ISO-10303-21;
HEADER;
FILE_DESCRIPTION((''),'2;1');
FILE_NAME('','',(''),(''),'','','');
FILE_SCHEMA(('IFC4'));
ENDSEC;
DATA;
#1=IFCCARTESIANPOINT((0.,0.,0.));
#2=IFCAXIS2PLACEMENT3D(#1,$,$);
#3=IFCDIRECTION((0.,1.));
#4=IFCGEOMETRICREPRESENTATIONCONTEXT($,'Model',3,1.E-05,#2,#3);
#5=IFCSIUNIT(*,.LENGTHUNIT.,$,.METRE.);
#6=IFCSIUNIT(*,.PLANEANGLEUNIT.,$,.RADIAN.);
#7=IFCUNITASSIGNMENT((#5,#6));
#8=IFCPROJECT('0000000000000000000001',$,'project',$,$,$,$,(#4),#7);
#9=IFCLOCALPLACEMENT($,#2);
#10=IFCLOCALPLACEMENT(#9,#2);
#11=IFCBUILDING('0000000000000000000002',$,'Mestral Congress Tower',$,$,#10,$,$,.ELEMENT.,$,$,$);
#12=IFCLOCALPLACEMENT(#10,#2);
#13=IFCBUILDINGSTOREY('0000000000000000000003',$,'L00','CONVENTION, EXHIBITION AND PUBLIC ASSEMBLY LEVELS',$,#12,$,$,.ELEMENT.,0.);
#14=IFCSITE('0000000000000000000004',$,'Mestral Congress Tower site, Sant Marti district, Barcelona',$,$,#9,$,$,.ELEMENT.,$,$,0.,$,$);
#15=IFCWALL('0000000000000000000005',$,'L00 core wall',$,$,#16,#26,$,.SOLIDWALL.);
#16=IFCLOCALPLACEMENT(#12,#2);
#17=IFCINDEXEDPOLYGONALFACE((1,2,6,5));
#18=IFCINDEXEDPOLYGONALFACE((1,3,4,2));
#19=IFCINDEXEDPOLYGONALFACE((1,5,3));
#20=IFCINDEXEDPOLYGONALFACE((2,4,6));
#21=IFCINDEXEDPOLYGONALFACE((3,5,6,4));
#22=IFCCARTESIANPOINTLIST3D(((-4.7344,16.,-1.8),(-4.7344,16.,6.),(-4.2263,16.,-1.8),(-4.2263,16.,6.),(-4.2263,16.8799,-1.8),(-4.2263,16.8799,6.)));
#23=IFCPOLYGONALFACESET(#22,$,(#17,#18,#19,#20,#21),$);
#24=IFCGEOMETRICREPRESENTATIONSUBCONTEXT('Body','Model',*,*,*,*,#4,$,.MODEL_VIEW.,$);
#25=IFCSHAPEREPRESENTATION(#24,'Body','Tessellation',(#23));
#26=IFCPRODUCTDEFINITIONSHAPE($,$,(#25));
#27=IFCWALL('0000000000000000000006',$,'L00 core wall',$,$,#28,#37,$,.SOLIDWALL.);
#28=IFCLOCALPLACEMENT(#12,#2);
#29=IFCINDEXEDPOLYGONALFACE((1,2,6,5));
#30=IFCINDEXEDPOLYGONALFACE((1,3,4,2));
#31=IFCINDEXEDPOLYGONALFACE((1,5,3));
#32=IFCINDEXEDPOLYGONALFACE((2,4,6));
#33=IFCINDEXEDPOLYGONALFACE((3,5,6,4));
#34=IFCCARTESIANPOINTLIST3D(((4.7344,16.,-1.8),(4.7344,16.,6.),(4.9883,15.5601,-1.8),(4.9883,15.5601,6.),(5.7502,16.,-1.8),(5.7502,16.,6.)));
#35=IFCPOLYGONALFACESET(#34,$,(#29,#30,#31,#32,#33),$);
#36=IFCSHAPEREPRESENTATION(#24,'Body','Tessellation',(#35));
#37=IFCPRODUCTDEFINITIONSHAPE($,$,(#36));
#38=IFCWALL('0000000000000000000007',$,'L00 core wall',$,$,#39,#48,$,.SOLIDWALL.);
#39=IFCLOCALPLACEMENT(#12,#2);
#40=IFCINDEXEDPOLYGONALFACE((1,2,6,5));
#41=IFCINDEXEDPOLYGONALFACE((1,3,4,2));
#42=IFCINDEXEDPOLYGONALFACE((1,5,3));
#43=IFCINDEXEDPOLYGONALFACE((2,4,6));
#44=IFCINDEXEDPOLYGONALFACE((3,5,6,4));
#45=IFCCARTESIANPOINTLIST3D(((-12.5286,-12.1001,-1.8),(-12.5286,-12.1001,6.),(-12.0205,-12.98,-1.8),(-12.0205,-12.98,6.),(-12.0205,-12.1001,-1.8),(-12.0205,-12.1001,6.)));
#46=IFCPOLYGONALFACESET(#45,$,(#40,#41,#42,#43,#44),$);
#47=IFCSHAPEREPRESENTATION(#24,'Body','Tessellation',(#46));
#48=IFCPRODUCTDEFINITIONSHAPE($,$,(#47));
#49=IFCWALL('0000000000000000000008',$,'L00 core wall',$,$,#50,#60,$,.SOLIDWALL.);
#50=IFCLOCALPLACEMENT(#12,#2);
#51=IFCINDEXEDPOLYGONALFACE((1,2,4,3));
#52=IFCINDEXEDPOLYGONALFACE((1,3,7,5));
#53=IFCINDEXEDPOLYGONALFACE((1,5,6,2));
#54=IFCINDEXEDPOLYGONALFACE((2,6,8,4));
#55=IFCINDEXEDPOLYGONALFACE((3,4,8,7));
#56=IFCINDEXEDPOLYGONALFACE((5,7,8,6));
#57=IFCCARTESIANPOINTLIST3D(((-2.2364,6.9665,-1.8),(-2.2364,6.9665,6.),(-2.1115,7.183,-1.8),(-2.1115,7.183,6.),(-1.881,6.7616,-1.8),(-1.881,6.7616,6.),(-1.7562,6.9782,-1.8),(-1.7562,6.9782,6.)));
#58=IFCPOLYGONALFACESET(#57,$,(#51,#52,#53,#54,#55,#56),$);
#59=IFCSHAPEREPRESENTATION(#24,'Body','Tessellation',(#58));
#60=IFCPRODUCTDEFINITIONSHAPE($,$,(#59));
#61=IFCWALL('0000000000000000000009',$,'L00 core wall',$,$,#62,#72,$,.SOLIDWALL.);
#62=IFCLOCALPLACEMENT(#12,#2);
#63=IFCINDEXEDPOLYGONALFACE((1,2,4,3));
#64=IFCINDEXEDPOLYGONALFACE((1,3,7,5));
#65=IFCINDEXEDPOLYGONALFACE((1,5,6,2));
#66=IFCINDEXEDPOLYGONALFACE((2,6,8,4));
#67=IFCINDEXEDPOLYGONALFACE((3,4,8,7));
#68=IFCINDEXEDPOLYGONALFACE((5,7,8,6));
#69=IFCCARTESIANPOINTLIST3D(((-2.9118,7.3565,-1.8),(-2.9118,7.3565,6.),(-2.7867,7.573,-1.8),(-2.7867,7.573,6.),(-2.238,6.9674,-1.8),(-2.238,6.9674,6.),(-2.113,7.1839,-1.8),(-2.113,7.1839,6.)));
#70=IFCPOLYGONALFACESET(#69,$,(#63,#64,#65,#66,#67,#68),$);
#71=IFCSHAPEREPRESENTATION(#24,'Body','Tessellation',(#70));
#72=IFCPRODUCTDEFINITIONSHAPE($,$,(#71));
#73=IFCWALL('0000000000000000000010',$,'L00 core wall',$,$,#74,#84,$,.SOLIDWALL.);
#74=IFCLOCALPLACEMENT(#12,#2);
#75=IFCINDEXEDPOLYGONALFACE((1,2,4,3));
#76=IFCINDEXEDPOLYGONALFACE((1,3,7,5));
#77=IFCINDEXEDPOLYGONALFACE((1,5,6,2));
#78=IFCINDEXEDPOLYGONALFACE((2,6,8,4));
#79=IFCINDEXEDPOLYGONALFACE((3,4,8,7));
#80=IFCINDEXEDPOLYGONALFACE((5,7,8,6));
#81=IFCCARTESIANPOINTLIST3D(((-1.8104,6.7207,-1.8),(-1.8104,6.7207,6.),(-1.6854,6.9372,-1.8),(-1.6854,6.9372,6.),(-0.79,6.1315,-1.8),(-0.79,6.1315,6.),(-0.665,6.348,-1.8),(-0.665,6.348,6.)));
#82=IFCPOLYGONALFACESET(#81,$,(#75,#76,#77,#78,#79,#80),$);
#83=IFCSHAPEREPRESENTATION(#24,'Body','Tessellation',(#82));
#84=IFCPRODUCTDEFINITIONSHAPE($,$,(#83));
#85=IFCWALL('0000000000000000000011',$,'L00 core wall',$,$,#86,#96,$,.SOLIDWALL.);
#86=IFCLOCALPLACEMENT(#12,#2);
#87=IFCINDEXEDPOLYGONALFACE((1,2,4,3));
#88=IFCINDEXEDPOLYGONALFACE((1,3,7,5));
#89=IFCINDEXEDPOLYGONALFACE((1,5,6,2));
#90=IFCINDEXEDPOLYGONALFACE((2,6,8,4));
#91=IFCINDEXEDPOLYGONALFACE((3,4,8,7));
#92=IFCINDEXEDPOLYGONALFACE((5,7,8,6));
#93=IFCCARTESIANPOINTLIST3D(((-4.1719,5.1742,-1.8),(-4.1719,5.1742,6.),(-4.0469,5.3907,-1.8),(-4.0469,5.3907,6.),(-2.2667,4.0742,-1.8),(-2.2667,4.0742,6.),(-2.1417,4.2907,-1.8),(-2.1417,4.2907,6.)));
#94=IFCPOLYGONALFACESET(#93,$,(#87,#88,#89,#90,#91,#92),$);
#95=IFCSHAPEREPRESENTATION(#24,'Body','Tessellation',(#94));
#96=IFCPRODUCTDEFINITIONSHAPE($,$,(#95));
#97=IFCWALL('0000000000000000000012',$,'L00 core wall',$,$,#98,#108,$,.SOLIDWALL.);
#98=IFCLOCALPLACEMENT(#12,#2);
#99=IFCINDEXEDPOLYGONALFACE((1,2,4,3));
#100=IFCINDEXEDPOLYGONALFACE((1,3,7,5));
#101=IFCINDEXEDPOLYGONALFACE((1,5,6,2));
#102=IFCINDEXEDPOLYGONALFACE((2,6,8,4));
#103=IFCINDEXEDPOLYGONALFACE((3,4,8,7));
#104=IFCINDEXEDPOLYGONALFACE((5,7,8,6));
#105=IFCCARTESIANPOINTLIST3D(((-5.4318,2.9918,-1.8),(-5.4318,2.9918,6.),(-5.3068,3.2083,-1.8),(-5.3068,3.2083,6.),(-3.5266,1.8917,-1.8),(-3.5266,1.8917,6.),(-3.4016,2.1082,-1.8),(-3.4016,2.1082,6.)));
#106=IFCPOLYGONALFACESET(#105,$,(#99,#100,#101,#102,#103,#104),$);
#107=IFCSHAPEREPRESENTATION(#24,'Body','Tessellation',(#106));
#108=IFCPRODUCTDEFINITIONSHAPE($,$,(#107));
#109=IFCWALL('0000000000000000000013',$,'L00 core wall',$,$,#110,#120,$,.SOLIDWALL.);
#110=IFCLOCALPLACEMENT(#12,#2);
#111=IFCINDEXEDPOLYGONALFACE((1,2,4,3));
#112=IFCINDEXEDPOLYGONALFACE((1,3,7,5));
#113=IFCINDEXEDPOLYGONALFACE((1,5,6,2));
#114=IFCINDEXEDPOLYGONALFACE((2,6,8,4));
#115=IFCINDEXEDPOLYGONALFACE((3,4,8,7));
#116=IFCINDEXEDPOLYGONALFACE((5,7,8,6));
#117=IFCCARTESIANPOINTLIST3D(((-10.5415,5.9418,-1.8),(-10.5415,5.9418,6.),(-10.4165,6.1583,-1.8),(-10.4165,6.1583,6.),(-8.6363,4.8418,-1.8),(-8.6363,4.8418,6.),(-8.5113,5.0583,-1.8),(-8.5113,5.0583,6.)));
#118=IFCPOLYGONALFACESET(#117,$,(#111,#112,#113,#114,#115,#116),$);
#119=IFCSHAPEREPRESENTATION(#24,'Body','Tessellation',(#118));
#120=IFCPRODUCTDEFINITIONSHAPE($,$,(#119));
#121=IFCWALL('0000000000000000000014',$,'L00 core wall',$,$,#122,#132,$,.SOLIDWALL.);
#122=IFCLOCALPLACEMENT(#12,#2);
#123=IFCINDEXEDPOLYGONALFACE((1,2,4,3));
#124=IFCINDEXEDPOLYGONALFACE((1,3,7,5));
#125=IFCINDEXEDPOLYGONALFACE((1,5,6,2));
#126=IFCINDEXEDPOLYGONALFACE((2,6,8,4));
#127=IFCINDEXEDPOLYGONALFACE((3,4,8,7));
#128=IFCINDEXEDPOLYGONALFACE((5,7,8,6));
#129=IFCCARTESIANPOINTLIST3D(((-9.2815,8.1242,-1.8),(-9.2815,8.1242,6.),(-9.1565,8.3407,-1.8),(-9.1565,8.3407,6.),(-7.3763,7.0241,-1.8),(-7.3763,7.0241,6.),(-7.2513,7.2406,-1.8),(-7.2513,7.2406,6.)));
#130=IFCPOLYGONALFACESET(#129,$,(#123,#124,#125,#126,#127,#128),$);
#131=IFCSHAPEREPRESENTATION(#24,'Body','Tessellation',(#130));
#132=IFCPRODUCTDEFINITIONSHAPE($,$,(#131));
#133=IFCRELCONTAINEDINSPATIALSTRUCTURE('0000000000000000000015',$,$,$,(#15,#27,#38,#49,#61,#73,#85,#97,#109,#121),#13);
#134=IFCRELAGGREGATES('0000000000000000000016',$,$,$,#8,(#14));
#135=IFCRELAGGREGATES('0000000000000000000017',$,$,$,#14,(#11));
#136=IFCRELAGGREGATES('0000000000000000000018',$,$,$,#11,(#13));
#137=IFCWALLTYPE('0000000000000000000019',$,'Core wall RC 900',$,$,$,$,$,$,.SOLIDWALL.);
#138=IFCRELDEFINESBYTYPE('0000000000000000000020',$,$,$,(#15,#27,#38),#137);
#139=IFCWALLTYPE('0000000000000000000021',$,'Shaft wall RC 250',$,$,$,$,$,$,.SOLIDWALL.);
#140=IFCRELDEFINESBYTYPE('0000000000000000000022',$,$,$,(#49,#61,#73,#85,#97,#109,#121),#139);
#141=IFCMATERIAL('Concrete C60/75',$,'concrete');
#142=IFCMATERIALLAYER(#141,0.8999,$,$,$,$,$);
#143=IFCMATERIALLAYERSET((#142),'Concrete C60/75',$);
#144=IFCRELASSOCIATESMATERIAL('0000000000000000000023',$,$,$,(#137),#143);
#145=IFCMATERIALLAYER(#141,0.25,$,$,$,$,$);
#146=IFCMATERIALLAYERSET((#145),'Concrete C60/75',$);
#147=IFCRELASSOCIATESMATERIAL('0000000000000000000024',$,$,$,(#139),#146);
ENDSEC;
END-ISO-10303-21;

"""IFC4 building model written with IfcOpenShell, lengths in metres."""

from ifc_helpers import new_model, si_unit, direction, frame, frame_2d, origin, place, context, subcontext, project, spatial, polyline, rectangle, outline, extrude, material, layer, layer_set, type_object, element, save


model = new_model("IFC4")

# Units and contexts
model_context = context("Model", 3, precision=1e-05, world=origin(), true_north=direction((0.0, 1.0)))
body_context = subcontext(model_context, "Body", "Model", "MODEL_VIEW")
ifc_project = project(units=[si_unit("LENGTHUNIT", "METRE"), si_unit("PLANEANGLEUNIT", "RADIAN")], contexts=[model_context])

# Site, building, storey
site_placement = place(None, origin())
site = spatial("IfcSite", under=ifc_project, at=site_placement, Name="Mestral Congress Tower site, Sant Marti district, Barcelona", CompositionType="ELEMENT", RefElevation=0.0)
building_placement = place(site_placement, origin())
building = spatial("IfcBuilding", under=site, at=building_placement, Name="Mestral Congress Tower", CompositionType="ELEMENT")
storey_placement = place(building_placement, origin())
storey = spatial("IfcBuildingStorey", under=building, at=storey_placement, Name="L00", Description="CONVENTION, EXHIBITION AND PUBLIC ASSEMBLY LEVELS", CompositionType="ELEMENT", Elevation=0.0)

# Walls
ifc_material_1 = material(Name="Concrete C60/75", Category="concrete")
ifc_layer_1 = layer(ifc_material_1, 0.8999)
ifc_layer_set_1 = layer_set([ifc_layer_1], Name="Concrete C60/75")
wall_type_1 = type_object("IfcWallType", Name="Core wall RC 900", PredefinedType="SOLIDWALL", material=ifc_layer_set_1)
placement = place(storey_placement, frame((0.0, 0.0, -1.8)))
element("IfcWall", 1, at=placement, inside=storey, type_object=wall_type_1, Name="L00 core wall", PredefinedType="SOLIDWALL", context=body_context, shape_type="SweptSolid", body=[
    extrude(outline(polyline([(-4.7344, 16.0), (-4.2263, 16.8799), (-4.2263, 16.0), (-4.7344, 16.0)])), origin(), (0.0, 0.0, 1.0), 7.8),
])
element("IfcWall", 2, at=placement, inside=storey, type_object=wall_type_1, Name="L00 core wall", PredefinedType="SOLIDWALL", context=body_context, shape_type="SweptSolid", body=[
    extrude(outline(polyline([(4.7344, 16.0), (5.7502, 16.0), (4.9883, 15.5601), (4.7344, 16.0)])), origin(), (0.0, 0.0, 1.0), 7.8),
])
element("IfcWall", 3, at=placement, inside=storey, type_object=wall_type_1, Name="L00 core wall", PredefinedType="SOLIDWALL", context=body_context, shape_type="SweptSolid", body=[
    extrude(outline(polyline([(-12.5286, -12.1001), (-12.0205, -12.1001), (-12.0205, -12.98), (-12.5286, -12.1001)])), origin(), (0.0, 0.0, 1.0), 7.8),
])
ifc_layer_2 = layer(ifc_material_1, 0.25)
ifc_layer_set_2 = layer_set([ifc_layer_2], Name="Concrete C60/75")
wall_type_2 = type_object("IfcWallType", Name="Shaft wall RC 250", PredefinedType="SOLIDWALL", material=ifc_layer_set_2)
wall_1_placement = place(storey_placement, frame((-1.8186, 6.8699, -1.8), z_axis=(0.0, 0.0, 1.0), x_axis=(-0.866295, 0.499533, 0.0)))
element("IfcWall", 4, at=wall_1_placement, inside=storey, type_object=wall_type_2, Name="L00 core wall", PredefinedType="SOLIDWALL", context=body_context, shape_type="SweptSolid", body=[
    extrude(rectangle(XDim=0.4102, YDim=0.25, at=frame_2d((0.2051, 0.0))), origin(), (0.0, 0.0, 1.0), 7.8),
])
wall_2_placement = place(storey_placement, frame((-2.8494, 7.4648, -1.8), z_axis=(0.0, 0.0, 1.0), x_axis=(0.865956, -0.500121, 0.0)))
element("IfcWall", 5, at=wall_2_placement, inside=storey, type_object=wall_type_2, Name="L00 core wall", PredefinedType="SOLIDWALL", context=body_context, shape_type="SweptSolid", body=[
    extrude(rectangle(XDim=0.7781, YDim=0.25, at=frame_2d((0.3892, 0.0))), origin(), (0.0, 0.0, 1.0), 7.8),
])
wall_3_placement = place(storey_placement, frame((-0.7275, 6.2397, -1.8), z_axis=(0.0, 0.0, 1.0), x_axis=(-0.866003, 0.500039, 0.0)))
element("IfcWall", 6, at=wall_3_placement, inside=storey, type_object=wall_type_2, Name="L00 core wall", PredefinedType="SOLIDWALL", context=body_context, shape_type="SweptSolid", body=[
    extrude(rectangle(XDim=1.1782, YDim=0.25, at=frame_2d((0.5891, 0.0))), origin(), (0.0, 0.0, 1.0), 7.8),
])
for number, where, z_axis, x_axis, name in (
    (7, (-2.2041, 4.1824, -1.8), (0.0, 0.0, 1.0), (-0.866008, 0.50003, 0.0), "L00 core wall"),
    (8, (-5.3694, 3.1001, -1.8), (0.0, 0.0, 1.0), (0.866008, -0.50003, 0.0), "L00 core wall"),
    (9, (-8.5737, 4.95, -1.8), (0.0, 0.0, 1.0), (-0.866008, 0.50003, 0.0), "L00 core wall"),
    (10, (-7.3137, 7.1323, -1.8), (0.0, 0.0, 1.0), (-0.866008, 0.50003, 0.0), "L00 core wall"),
):
    element("IfcWall", number, at=place(storey_placement, frame(where, z_axis=z_axis, x_axis=x_axis)), inside=storey, type_object=wall_type_2, Name=name, PredefinedType="SOLIDWALL", context=body_context, shape_type="SweptSolid", body=[
        extrude(rectangle(XDim=2.2, YDim=0.25, at=frame_2d((1.1001, 0.0))), origin(), (0.0, 0.0, 1.0), 7.8),
    ])

save(model, "model.ifc")
